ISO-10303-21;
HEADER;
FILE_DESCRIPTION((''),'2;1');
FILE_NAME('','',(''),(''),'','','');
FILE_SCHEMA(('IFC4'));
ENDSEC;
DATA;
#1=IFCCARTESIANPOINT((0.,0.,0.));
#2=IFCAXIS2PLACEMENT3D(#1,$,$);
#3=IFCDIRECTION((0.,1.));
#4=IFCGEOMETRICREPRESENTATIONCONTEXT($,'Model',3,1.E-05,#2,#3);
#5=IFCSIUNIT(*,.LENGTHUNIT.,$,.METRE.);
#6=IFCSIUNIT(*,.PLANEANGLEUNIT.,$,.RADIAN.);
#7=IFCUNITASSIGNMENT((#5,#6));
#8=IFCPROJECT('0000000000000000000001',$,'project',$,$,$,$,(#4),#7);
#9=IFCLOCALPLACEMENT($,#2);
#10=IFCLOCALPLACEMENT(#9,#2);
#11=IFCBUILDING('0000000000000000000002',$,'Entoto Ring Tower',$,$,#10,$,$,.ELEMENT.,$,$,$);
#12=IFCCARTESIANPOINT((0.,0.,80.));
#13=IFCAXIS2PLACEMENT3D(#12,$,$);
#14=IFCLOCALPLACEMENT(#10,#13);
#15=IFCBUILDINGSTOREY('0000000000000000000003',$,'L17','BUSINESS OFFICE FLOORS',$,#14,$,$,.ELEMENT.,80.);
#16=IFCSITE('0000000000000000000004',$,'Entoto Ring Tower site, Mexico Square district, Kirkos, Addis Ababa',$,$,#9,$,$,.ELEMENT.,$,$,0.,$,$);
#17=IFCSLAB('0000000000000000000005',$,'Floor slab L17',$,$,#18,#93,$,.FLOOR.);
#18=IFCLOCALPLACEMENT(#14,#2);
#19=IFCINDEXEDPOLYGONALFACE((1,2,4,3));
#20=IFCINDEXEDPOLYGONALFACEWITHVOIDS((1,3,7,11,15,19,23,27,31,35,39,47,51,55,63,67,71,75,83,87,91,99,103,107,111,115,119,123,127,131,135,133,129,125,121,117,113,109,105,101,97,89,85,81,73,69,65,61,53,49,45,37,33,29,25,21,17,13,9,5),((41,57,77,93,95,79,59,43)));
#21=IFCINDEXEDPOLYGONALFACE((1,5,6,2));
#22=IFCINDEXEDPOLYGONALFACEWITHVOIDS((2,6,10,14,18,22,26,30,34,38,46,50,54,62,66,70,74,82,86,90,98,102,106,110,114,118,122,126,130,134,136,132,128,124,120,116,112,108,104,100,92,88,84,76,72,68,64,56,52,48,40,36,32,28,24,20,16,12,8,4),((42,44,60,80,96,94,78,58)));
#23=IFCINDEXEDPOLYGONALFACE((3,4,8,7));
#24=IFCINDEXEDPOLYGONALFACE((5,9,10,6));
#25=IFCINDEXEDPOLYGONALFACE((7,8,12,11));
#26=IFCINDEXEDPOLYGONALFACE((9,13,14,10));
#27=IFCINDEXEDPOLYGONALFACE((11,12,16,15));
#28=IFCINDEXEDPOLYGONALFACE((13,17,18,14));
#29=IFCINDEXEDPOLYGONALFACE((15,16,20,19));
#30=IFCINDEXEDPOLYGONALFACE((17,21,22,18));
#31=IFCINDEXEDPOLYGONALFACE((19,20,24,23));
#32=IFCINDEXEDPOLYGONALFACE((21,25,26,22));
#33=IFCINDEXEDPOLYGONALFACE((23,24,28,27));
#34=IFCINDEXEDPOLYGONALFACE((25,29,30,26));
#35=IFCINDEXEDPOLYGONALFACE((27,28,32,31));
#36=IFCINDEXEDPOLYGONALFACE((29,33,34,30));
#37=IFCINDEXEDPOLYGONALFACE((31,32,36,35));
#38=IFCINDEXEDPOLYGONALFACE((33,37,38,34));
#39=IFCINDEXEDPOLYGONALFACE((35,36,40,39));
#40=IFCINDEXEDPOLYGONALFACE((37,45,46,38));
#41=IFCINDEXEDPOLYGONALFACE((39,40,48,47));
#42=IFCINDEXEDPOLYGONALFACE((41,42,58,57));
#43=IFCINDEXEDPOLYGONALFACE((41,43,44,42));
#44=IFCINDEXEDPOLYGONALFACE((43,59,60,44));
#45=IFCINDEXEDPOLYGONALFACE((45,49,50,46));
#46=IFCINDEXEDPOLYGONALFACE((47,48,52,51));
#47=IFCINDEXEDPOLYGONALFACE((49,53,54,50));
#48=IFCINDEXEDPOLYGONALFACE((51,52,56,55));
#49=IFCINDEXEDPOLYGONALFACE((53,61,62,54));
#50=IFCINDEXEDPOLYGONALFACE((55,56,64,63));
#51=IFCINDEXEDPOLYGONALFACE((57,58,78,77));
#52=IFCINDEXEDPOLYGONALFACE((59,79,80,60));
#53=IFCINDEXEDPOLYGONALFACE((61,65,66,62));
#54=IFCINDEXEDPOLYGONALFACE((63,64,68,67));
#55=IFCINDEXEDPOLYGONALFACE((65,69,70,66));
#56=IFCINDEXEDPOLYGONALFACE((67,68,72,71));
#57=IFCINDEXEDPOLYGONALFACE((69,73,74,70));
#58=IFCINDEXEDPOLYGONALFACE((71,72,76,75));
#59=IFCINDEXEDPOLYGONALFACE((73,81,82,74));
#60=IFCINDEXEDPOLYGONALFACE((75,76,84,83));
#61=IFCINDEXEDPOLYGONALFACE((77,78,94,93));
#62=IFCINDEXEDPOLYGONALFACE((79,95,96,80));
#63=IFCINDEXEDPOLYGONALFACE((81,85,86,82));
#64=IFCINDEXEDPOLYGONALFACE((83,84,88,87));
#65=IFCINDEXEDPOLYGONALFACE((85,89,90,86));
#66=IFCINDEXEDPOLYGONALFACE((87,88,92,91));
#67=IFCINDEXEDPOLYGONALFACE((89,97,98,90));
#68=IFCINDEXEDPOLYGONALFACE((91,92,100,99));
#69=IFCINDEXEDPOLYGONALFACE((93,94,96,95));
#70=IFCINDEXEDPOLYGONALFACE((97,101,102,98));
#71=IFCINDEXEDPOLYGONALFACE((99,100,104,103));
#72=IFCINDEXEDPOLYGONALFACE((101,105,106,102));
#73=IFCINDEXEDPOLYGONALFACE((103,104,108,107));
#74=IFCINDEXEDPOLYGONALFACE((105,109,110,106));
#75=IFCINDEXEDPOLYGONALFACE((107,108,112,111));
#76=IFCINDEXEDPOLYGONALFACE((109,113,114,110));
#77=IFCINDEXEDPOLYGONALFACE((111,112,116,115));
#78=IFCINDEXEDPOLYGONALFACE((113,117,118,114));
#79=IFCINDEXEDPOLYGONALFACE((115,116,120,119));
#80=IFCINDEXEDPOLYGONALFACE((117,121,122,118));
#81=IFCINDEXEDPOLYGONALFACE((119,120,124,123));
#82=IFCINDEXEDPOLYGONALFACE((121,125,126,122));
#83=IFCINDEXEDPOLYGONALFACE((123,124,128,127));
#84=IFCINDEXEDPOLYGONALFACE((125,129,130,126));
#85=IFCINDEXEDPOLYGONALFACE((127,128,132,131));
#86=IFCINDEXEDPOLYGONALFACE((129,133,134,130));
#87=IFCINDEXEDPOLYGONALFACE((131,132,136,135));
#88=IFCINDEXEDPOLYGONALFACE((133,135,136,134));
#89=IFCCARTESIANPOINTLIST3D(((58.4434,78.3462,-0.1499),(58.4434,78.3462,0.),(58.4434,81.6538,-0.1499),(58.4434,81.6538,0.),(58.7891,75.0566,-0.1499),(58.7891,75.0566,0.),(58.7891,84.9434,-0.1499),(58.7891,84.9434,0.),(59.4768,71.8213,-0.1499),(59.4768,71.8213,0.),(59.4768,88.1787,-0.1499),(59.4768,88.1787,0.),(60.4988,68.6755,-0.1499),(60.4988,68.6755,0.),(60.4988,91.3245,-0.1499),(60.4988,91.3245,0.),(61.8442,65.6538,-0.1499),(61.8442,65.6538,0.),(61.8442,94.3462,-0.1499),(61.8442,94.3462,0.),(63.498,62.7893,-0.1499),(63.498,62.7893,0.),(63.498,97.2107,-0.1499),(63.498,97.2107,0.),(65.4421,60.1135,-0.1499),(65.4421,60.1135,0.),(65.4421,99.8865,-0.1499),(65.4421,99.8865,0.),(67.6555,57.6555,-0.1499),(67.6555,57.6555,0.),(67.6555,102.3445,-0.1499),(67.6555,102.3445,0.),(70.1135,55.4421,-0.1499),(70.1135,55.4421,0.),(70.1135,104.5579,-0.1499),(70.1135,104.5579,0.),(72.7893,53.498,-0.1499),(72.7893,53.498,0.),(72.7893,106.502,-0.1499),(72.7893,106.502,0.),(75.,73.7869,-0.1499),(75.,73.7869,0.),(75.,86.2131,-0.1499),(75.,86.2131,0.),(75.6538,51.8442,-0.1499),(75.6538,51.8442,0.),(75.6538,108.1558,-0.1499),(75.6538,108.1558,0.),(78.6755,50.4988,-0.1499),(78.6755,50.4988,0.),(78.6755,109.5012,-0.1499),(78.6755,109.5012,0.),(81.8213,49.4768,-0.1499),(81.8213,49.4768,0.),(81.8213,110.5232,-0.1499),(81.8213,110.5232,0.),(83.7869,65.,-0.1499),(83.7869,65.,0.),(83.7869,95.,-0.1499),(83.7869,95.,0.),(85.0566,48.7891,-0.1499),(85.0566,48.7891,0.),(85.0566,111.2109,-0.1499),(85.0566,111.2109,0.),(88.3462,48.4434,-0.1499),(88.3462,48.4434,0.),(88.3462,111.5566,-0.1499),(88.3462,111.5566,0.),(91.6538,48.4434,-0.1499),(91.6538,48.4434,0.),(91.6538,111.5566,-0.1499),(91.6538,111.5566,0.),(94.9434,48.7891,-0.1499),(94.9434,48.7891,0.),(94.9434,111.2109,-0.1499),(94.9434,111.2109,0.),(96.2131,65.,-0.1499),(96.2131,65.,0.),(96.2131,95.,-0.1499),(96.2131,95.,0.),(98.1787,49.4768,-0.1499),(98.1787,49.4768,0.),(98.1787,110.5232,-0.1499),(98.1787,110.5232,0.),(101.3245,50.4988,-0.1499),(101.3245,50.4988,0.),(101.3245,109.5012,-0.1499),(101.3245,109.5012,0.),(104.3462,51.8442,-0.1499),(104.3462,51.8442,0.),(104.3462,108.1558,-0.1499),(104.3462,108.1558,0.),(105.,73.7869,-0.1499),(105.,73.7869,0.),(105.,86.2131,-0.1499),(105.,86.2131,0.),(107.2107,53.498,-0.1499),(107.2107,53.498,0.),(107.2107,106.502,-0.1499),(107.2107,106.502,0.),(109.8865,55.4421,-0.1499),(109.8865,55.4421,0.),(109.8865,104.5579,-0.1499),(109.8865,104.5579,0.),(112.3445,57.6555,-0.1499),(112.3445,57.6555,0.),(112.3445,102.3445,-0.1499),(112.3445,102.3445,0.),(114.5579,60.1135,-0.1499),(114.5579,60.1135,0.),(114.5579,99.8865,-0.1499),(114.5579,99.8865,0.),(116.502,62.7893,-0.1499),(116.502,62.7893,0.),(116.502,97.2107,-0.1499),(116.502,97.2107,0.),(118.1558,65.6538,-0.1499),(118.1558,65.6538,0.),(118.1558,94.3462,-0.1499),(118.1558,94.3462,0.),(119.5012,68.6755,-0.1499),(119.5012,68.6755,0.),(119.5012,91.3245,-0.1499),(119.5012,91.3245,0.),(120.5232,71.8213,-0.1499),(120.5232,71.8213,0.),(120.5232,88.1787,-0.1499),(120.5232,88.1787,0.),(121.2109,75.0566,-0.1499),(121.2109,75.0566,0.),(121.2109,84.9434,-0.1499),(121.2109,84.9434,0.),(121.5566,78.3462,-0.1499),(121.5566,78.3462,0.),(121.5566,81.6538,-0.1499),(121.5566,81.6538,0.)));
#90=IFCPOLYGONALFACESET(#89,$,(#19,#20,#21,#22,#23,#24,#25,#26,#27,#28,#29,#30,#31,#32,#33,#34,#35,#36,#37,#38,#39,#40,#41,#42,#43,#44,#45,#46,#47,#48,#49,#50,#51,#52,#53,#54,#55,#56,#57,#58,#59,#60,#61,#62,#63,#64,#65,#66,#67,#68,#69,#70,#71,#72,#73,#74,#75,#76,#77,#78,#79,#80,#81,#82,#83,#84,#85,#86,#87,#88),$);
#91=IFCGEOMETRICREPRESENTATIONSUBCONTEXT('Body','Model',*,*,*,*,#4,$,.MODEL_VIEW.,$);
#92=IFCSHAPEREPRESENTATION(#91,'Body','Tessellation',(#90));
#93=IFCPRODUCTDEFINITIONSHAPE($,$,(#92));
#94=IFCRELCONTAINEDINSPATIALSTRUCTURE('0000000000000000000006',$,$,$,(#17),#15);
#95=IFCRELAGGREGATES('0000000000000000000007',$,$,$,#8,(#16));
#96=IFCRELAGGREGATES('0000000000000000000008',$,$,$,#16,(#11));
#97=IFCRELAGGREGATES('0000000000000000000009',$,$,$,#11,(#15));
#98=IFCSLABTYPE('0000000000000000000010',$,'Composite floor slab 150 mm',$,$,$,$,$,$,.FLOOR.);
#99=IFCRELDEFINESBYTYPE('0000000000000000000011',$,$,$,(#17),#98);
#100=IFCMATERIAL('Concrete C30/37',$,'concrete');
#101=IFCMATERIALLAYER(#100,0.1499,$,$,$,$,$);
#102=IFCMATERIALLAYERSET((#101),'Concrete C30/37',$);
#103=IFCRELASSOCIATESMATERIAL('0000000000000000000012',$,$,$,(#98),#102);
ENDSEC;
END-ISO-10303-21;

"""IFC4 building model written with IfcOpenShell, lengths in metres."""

from ifc_helpers import new_model, si_unit, direction, frame, origin, place, context, subcontext, project, spatial, polyline, outline, extrude, material, layer, layer_set, type_object, element, save


model = new_model("IFC4")

# Units and contexts
model_context = context("Model", 3, precision=1e-05, world=origin(), true_north=direction((0.0, 1.0)))
body_context = subcontext(model_context, "Body", "Model", "MODEL_VIEW")
ifc_project = project(units=[si_unit("LENGTHUNIT", "METRE"), si_unit("PLANEANGLEUNIT", "RADIAN")], contexts=[model_context])

# Site, building, storey
site_placement = place(None, origin())
building_placement = place(site_placement, origin())
storey_placement = place(building_placement, frame((0.0, 0.0, 80.0)))
site = spatial("IfcSite", under=ifc_project, at=site_placement, Name="Entoto Ring Tower site, Mexico Square district, Kirkos, Addis Ababa", CompositionType="ELEMENT", RefElevation=0.0)
building = spatial("IfcBuilding", under=site, at=building_placement, Name="Entoto Ring Tower", CompositionType="ELEMENT")
storey = spatial("IfcBuildingStorey", under=building, at=storey_placement, Name="L17", Description="BUSINESS OFFICE FLOORS", CompositionType="ELEMENT", Elevation=80.0)

# Slab
ifc_material_1 = material(Name="Concrete C30/37", Category="concrete")
ifc_layer_1 = layer(ifc_material_1, 0.1499)
ifc_layer_set_1 = layer_set([ifc_layer_1], Name="Concrete C30/37")
slab_type = type_object("IfcSlabType", Name="Composite floor slab 150 mm", PredefinedType="FLOOR", material=ifc_layer_set_1)
slab_placement = place(storey_placement, frame((0.0, 0.0, -0.1499)))
element("IfcSlab", 1, at=slab_placement, inside=storey, type_object=slab_type, Name="Floor slab L17", PredefinedType="FLOOR", context=body_context, shape_type="SweptSolid", body=[
    extrude(outline(polyline([(121.2109, 84.9434), (120.5232, 88.1787), (119.5012, 91.3245), (118.1558, 94.3462), (116.502, 97.2107), (114.5579, 99.8865), (112.3445, 102.3445), (109.8865, 104.5579), (107.2107, 106.502), (104.3462, 108.1558), (101.3245, 109.5012), (98.1787, 110.5232), (94.9434, 111.2109), (91.6538, 111.5566), (88.3462, 111.5566), (85.0566, 111.2109), (81.8213, 110.5232), (78.6755, 109.5012), (75.6538, 108.1558), (72.7893, 106.502), (70.1135, 104.5579), (67.6555, 102.3445), (65.4421, 99.8865), (63.498, 97.2107), (61.8442, 94.3462), (60.4988, 91.3245), (59.4768, 88.1787), (58.7891, 84.9434), (58.4434, 81.6538), (58.4434, 78.3462), (58.7891, 75.0566), (59.4768, 71.8213), (60.4988, 68.6755), (61.8442, 65.6538), (63.498, 62.7893), (65.4421, 60.1135), (67.6555, 57.6555), (70.1135, 55.4421), (72.7893, 53.498), (75.6538, 51.8442), (78.6755, 50.4988), (81.8213, 49.4768), (85.0566, 48.7891), (88.3462, 48.4434), (91.6538, 48.4434), (94.9434, 48.7891), (98.1787, 49.4768), (101.3245, 50.4988), (104.3462, 51.8442), (107.2107, 53.498), (109.8865, 55.4421), (112.3445, 57.6555), (114.5579, 60.1135), (116.502, 62.7893), (118.1558, 65.6538), (119.5012, 68.6755), (120.5232, 71.8213), (121.2109, 75.0566), (121.5566, 78.3462), (121.5566, 81.6538), (121.2109, 84.9434)]), holes=[polyline([(105.0, 73.7869), (105.0, 86.2131), (96.2131, 95.0), (83.7869, 95.0), (75.0, 86.2131), (75.0, 73.7869), (83.7869, 65.0), (96.2131, 65.0), (105.0, 73.7869)])]), origin(), (0.0, 0.0, 1.0), 0.1499),
])

save(model, "model.ifc")
